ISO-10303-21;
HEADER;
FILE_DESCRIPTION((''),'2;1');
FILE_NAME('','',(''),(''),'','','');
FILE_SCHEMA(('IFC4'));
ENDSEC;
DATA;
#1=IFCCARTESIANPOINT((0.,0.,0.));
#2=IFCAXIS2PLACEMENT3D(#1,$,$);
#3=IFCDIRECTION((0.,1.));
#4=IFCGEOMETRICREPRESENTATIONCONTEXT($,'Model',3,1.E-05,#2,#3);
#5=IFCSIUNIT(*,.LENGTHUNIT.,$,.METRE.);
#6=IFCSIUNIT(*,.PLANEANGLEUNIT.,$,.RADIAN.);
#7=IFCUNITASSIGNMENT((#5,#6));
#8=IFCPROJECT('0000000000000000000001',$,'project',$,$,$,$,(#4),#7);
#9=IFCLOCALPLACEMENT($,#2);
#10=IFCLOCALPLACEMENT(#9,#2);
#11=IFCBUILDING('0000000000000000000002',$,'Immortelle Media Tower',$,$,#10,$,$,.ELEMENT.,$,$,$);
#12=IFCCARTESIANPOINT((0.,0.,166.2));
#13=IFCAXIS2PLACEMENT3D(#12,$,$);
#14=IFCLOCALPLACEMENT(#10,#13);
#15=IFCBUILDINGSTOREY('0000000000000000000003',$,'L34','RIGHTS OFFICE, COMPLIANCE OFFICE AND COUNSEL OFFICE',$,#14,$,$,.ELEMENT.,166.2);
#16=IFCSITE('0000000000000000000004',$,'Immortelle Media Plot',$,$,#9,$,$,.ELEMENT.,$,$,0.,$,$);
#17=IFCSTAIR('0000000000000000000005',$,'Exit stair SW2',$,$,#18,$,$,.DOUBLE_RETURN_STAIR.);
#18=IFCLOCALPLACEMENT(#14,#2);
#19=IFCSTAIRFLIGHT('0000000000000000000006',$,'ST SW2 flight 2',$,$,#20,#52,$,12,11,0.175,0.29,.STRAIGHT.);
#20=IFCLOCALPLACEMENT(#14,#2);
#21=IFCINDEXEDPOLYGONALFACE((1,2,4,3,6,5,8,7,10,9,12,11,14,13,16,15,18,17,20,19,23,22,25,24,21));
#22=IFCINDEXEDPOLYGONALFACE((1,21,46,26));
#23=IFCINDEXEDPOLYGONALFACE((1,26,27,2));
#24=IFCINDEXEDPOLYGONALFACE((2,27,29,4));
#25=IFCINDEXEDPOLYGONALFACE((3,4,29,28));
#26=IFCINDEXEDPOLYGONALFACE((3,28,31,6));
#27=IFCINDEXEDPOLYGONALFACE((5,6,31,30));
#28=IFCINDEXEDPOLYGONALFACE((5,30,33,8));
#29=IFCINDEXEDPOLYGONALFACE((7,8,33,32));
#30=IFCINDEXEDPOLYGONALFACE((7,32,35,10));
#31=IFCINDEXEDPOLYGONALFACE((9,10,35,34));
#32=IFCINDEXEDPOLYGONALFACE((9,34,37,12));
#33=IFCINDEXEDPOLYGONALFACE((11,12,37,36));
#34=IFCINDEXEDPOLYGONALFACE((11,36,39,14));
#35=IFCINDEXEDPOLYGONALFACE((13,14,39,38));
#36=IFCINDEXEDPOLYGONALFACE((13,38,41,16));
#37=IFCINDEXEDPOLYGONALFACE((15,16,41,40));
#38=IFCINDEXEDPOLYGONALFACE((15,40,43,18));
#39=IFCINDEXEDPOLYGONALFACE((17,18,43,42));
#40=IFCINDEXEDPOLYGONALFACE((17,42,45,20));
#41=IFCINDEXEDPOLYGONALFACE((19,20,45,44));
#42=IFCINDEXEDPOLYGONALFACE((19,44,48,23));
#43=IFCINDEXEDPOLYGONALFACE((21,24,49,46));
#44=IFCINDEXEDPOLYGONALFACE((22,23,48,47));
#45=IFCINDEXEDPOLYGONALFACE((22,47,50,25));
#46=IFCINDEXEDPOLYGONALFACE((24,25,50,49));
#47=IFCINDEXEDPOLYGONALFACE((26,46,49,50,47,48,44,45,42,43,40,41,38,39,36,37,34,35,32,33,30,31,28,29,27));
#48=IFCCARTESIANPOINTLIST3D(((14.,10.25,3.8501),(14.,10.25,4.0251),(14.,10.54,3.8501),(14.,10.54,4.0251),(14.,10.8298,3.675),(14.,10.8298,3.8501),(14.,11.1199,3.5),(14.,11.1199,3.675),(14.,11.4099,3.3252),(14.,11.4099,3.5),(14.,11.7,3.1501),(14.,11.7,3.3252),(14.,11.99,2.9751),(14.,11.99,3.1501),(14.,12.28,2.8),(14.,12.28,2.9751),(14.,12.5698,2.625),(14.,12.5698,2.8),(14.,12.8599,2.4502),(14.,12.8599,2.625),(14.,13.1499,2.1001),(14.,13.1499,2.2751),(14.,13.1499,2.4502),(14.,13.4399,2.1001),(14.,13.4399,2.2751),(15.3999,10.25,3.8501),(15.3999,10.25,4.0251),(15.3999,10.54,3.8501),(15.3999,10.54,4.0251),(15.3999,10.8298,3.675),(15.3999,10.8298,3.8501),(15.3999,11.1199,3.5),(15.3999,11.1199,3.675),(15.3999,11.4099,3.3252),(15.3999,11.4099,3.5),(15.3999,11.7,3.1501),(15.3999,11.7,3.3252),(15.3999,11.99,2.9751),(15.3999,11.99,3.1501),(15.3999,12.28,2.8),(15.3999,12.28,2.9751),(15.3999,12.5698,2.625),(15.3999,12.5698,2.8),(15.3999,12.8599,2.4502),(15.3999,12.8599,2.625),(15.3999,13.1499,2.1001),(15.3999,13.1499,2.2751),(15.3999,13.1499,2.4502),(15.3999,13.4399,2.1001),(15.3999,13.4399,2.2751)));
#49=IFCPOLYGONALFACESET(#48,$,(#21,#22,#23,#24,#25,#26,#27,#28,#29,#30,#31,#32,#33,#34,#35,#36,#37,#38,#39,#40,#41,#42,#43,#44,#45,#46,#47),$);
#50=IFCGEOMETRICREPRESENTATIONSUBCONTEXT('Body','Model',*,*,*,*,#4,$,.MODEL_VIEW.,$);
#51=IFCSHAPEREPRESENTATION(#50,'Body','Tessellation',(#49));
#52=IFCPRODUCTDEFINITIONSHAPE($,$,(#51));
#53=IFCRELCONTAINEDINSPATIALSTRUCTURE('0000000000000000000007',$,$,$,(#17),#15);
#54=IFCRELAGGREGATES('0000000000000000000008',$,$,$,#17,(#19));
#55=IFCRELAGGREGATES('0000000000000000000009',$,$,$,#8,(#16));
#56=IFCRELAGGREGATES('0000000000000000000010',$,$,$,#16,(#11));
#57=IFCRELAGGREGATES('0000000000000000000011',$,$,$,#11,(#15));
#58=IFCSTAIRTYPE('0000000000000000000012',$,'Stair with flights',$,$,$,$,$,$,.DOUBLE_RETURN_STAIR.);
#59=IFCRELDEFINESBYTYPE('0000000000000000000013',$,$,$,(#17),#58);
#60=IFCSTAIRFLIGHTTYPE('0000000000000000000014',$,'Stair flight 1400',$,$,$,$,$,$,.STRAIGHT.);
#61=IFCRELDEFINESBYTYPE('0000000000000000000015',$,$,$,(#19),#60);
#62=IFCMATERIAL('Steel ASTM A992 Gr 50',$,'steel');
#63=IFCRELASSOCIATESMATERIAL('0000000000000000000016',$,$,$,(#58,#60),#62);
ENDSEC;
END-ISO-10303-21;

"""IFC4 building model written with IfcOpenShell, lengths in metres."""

from ifc_helpers import new_model, si_unit, direction, frame, origin, place, context, subcontext, project, spatial, polyline, outline, extrude, material, type_object, element, aggregate, save


model = new_model("IFC4")

# Units and contexts
model_context = context("Model", 3, precision=1e-05, world=origin(), true_north=direction((0.0, 1.0)))
body_context = subcontext(model_context, "Body", "Model", "MODEL_VIEW")
ifc_project = project(units=[si_unit("LENGTHUNIT", "METRE"), si_unit("PLANEANGLEUNIT", "RADIAN")], contexts=[model_context])

# Site, building, storey
site_placement = place(None, origin())
site = spatial("IfcSite", under=ifc_project, at=site_placement, Name="Immortelle Media Plot", CompositionType="ELEMENT", RefElevation=0.0)
building_placement = place(site_placement, origin())
building = spatial("IfcBuilding", under=site, at=building_placement, Name="Immortelle Media Tower", CompositionType="ELEMENT")
storey_placement = place(building_placement, frame((0.0, 0.0, 166.2)))
storey = spatial("IfcBuildingStorey", under=building, at=storey_placement, Name="L34", Description="RIGHTS OFFICE, COMPLIANCE OFFICE AND COUNSEL OFFICE", CompositionType="ELEMENT", Elevation=166.2)

# Shared definitions
ifc_material_1 = material(Name="Steel ASTM A992 Gr 50", Category="steel")

# Stair, stair flight
stair_type = type_object("IfcStairType", Name="Stair with flights", PredefinedType="DOUBLE_RETURN_STAIR", material=ifc_material_1)
stair_flight_type = type_object("IfcStairFlightType", Name="Stair flight 1400", PredefinedType="STRAIGHT", material=ifc_material_1)
stair_1_placement = place(storey_placement, origin())
stair_1 = element("IfcStair", 1, at=stair_1_placement, inside=storey, type_object=stair_type, Name="Exit stair SW2", PredefinedType="DOUBLE_RETURN_STAIR")
stair_flight_1_placement = place(storey_placement, frame((14.7, 13.4399, 2.1001), z_axis=(0.0, 0.0, 1.0), x_axis=(0.0, -1.0, 0.0)))
stair_flight_1 = element("IfcStairFlight", 2, at=stair_flight_1_placement, type_object=stair_flight_type, Name="ST SW2 flight 2", NumberOfRisers=12, NumberOfTreads=11, PredefinedType="STRAIGHT", RiserHeight=0.175, TreadLength=0.29, context=body_context, shape_type="SweptSolid", body=[
    extrude(outline(polyline([(0.0, 0.0), (0.0, 0.175), (0.29, 0.175), (0.29, 0.3501), (0.5801, 0.3501), (0.5801, 0.5249), (0.8701, 0.5249), (0.8701, 0.7), (1.1599, 0.7), (1.1599, 0.875), (1.45, 0.875), (1.45, 1.05), (1.74, 1.05), (1.74, 1.2251), (2.03, 1.2251), (2.03, 1.3999), (2.3201, 1.3999), (2.3201, 1.575), (2.6101, 1.575), (2.6101, 1.75), (2.8999, 1.75), (2.8999, 1.925), (3.1899, 1.925), (3.1899, 2.1001), (3.1899, 1.75), (0.29, 0.0), (0.0, 0.0)])), frame((0.0, 0.7, 0.0), z_axis=(0.0, -1.0, 0.0), x_axis=(1.0, 0.0, 0.0)), (0.0, 0.0, 1.0), 1.3999),
])
aggregate(stair_1, [stair_flight_1])

save(model, "model.ifc")
